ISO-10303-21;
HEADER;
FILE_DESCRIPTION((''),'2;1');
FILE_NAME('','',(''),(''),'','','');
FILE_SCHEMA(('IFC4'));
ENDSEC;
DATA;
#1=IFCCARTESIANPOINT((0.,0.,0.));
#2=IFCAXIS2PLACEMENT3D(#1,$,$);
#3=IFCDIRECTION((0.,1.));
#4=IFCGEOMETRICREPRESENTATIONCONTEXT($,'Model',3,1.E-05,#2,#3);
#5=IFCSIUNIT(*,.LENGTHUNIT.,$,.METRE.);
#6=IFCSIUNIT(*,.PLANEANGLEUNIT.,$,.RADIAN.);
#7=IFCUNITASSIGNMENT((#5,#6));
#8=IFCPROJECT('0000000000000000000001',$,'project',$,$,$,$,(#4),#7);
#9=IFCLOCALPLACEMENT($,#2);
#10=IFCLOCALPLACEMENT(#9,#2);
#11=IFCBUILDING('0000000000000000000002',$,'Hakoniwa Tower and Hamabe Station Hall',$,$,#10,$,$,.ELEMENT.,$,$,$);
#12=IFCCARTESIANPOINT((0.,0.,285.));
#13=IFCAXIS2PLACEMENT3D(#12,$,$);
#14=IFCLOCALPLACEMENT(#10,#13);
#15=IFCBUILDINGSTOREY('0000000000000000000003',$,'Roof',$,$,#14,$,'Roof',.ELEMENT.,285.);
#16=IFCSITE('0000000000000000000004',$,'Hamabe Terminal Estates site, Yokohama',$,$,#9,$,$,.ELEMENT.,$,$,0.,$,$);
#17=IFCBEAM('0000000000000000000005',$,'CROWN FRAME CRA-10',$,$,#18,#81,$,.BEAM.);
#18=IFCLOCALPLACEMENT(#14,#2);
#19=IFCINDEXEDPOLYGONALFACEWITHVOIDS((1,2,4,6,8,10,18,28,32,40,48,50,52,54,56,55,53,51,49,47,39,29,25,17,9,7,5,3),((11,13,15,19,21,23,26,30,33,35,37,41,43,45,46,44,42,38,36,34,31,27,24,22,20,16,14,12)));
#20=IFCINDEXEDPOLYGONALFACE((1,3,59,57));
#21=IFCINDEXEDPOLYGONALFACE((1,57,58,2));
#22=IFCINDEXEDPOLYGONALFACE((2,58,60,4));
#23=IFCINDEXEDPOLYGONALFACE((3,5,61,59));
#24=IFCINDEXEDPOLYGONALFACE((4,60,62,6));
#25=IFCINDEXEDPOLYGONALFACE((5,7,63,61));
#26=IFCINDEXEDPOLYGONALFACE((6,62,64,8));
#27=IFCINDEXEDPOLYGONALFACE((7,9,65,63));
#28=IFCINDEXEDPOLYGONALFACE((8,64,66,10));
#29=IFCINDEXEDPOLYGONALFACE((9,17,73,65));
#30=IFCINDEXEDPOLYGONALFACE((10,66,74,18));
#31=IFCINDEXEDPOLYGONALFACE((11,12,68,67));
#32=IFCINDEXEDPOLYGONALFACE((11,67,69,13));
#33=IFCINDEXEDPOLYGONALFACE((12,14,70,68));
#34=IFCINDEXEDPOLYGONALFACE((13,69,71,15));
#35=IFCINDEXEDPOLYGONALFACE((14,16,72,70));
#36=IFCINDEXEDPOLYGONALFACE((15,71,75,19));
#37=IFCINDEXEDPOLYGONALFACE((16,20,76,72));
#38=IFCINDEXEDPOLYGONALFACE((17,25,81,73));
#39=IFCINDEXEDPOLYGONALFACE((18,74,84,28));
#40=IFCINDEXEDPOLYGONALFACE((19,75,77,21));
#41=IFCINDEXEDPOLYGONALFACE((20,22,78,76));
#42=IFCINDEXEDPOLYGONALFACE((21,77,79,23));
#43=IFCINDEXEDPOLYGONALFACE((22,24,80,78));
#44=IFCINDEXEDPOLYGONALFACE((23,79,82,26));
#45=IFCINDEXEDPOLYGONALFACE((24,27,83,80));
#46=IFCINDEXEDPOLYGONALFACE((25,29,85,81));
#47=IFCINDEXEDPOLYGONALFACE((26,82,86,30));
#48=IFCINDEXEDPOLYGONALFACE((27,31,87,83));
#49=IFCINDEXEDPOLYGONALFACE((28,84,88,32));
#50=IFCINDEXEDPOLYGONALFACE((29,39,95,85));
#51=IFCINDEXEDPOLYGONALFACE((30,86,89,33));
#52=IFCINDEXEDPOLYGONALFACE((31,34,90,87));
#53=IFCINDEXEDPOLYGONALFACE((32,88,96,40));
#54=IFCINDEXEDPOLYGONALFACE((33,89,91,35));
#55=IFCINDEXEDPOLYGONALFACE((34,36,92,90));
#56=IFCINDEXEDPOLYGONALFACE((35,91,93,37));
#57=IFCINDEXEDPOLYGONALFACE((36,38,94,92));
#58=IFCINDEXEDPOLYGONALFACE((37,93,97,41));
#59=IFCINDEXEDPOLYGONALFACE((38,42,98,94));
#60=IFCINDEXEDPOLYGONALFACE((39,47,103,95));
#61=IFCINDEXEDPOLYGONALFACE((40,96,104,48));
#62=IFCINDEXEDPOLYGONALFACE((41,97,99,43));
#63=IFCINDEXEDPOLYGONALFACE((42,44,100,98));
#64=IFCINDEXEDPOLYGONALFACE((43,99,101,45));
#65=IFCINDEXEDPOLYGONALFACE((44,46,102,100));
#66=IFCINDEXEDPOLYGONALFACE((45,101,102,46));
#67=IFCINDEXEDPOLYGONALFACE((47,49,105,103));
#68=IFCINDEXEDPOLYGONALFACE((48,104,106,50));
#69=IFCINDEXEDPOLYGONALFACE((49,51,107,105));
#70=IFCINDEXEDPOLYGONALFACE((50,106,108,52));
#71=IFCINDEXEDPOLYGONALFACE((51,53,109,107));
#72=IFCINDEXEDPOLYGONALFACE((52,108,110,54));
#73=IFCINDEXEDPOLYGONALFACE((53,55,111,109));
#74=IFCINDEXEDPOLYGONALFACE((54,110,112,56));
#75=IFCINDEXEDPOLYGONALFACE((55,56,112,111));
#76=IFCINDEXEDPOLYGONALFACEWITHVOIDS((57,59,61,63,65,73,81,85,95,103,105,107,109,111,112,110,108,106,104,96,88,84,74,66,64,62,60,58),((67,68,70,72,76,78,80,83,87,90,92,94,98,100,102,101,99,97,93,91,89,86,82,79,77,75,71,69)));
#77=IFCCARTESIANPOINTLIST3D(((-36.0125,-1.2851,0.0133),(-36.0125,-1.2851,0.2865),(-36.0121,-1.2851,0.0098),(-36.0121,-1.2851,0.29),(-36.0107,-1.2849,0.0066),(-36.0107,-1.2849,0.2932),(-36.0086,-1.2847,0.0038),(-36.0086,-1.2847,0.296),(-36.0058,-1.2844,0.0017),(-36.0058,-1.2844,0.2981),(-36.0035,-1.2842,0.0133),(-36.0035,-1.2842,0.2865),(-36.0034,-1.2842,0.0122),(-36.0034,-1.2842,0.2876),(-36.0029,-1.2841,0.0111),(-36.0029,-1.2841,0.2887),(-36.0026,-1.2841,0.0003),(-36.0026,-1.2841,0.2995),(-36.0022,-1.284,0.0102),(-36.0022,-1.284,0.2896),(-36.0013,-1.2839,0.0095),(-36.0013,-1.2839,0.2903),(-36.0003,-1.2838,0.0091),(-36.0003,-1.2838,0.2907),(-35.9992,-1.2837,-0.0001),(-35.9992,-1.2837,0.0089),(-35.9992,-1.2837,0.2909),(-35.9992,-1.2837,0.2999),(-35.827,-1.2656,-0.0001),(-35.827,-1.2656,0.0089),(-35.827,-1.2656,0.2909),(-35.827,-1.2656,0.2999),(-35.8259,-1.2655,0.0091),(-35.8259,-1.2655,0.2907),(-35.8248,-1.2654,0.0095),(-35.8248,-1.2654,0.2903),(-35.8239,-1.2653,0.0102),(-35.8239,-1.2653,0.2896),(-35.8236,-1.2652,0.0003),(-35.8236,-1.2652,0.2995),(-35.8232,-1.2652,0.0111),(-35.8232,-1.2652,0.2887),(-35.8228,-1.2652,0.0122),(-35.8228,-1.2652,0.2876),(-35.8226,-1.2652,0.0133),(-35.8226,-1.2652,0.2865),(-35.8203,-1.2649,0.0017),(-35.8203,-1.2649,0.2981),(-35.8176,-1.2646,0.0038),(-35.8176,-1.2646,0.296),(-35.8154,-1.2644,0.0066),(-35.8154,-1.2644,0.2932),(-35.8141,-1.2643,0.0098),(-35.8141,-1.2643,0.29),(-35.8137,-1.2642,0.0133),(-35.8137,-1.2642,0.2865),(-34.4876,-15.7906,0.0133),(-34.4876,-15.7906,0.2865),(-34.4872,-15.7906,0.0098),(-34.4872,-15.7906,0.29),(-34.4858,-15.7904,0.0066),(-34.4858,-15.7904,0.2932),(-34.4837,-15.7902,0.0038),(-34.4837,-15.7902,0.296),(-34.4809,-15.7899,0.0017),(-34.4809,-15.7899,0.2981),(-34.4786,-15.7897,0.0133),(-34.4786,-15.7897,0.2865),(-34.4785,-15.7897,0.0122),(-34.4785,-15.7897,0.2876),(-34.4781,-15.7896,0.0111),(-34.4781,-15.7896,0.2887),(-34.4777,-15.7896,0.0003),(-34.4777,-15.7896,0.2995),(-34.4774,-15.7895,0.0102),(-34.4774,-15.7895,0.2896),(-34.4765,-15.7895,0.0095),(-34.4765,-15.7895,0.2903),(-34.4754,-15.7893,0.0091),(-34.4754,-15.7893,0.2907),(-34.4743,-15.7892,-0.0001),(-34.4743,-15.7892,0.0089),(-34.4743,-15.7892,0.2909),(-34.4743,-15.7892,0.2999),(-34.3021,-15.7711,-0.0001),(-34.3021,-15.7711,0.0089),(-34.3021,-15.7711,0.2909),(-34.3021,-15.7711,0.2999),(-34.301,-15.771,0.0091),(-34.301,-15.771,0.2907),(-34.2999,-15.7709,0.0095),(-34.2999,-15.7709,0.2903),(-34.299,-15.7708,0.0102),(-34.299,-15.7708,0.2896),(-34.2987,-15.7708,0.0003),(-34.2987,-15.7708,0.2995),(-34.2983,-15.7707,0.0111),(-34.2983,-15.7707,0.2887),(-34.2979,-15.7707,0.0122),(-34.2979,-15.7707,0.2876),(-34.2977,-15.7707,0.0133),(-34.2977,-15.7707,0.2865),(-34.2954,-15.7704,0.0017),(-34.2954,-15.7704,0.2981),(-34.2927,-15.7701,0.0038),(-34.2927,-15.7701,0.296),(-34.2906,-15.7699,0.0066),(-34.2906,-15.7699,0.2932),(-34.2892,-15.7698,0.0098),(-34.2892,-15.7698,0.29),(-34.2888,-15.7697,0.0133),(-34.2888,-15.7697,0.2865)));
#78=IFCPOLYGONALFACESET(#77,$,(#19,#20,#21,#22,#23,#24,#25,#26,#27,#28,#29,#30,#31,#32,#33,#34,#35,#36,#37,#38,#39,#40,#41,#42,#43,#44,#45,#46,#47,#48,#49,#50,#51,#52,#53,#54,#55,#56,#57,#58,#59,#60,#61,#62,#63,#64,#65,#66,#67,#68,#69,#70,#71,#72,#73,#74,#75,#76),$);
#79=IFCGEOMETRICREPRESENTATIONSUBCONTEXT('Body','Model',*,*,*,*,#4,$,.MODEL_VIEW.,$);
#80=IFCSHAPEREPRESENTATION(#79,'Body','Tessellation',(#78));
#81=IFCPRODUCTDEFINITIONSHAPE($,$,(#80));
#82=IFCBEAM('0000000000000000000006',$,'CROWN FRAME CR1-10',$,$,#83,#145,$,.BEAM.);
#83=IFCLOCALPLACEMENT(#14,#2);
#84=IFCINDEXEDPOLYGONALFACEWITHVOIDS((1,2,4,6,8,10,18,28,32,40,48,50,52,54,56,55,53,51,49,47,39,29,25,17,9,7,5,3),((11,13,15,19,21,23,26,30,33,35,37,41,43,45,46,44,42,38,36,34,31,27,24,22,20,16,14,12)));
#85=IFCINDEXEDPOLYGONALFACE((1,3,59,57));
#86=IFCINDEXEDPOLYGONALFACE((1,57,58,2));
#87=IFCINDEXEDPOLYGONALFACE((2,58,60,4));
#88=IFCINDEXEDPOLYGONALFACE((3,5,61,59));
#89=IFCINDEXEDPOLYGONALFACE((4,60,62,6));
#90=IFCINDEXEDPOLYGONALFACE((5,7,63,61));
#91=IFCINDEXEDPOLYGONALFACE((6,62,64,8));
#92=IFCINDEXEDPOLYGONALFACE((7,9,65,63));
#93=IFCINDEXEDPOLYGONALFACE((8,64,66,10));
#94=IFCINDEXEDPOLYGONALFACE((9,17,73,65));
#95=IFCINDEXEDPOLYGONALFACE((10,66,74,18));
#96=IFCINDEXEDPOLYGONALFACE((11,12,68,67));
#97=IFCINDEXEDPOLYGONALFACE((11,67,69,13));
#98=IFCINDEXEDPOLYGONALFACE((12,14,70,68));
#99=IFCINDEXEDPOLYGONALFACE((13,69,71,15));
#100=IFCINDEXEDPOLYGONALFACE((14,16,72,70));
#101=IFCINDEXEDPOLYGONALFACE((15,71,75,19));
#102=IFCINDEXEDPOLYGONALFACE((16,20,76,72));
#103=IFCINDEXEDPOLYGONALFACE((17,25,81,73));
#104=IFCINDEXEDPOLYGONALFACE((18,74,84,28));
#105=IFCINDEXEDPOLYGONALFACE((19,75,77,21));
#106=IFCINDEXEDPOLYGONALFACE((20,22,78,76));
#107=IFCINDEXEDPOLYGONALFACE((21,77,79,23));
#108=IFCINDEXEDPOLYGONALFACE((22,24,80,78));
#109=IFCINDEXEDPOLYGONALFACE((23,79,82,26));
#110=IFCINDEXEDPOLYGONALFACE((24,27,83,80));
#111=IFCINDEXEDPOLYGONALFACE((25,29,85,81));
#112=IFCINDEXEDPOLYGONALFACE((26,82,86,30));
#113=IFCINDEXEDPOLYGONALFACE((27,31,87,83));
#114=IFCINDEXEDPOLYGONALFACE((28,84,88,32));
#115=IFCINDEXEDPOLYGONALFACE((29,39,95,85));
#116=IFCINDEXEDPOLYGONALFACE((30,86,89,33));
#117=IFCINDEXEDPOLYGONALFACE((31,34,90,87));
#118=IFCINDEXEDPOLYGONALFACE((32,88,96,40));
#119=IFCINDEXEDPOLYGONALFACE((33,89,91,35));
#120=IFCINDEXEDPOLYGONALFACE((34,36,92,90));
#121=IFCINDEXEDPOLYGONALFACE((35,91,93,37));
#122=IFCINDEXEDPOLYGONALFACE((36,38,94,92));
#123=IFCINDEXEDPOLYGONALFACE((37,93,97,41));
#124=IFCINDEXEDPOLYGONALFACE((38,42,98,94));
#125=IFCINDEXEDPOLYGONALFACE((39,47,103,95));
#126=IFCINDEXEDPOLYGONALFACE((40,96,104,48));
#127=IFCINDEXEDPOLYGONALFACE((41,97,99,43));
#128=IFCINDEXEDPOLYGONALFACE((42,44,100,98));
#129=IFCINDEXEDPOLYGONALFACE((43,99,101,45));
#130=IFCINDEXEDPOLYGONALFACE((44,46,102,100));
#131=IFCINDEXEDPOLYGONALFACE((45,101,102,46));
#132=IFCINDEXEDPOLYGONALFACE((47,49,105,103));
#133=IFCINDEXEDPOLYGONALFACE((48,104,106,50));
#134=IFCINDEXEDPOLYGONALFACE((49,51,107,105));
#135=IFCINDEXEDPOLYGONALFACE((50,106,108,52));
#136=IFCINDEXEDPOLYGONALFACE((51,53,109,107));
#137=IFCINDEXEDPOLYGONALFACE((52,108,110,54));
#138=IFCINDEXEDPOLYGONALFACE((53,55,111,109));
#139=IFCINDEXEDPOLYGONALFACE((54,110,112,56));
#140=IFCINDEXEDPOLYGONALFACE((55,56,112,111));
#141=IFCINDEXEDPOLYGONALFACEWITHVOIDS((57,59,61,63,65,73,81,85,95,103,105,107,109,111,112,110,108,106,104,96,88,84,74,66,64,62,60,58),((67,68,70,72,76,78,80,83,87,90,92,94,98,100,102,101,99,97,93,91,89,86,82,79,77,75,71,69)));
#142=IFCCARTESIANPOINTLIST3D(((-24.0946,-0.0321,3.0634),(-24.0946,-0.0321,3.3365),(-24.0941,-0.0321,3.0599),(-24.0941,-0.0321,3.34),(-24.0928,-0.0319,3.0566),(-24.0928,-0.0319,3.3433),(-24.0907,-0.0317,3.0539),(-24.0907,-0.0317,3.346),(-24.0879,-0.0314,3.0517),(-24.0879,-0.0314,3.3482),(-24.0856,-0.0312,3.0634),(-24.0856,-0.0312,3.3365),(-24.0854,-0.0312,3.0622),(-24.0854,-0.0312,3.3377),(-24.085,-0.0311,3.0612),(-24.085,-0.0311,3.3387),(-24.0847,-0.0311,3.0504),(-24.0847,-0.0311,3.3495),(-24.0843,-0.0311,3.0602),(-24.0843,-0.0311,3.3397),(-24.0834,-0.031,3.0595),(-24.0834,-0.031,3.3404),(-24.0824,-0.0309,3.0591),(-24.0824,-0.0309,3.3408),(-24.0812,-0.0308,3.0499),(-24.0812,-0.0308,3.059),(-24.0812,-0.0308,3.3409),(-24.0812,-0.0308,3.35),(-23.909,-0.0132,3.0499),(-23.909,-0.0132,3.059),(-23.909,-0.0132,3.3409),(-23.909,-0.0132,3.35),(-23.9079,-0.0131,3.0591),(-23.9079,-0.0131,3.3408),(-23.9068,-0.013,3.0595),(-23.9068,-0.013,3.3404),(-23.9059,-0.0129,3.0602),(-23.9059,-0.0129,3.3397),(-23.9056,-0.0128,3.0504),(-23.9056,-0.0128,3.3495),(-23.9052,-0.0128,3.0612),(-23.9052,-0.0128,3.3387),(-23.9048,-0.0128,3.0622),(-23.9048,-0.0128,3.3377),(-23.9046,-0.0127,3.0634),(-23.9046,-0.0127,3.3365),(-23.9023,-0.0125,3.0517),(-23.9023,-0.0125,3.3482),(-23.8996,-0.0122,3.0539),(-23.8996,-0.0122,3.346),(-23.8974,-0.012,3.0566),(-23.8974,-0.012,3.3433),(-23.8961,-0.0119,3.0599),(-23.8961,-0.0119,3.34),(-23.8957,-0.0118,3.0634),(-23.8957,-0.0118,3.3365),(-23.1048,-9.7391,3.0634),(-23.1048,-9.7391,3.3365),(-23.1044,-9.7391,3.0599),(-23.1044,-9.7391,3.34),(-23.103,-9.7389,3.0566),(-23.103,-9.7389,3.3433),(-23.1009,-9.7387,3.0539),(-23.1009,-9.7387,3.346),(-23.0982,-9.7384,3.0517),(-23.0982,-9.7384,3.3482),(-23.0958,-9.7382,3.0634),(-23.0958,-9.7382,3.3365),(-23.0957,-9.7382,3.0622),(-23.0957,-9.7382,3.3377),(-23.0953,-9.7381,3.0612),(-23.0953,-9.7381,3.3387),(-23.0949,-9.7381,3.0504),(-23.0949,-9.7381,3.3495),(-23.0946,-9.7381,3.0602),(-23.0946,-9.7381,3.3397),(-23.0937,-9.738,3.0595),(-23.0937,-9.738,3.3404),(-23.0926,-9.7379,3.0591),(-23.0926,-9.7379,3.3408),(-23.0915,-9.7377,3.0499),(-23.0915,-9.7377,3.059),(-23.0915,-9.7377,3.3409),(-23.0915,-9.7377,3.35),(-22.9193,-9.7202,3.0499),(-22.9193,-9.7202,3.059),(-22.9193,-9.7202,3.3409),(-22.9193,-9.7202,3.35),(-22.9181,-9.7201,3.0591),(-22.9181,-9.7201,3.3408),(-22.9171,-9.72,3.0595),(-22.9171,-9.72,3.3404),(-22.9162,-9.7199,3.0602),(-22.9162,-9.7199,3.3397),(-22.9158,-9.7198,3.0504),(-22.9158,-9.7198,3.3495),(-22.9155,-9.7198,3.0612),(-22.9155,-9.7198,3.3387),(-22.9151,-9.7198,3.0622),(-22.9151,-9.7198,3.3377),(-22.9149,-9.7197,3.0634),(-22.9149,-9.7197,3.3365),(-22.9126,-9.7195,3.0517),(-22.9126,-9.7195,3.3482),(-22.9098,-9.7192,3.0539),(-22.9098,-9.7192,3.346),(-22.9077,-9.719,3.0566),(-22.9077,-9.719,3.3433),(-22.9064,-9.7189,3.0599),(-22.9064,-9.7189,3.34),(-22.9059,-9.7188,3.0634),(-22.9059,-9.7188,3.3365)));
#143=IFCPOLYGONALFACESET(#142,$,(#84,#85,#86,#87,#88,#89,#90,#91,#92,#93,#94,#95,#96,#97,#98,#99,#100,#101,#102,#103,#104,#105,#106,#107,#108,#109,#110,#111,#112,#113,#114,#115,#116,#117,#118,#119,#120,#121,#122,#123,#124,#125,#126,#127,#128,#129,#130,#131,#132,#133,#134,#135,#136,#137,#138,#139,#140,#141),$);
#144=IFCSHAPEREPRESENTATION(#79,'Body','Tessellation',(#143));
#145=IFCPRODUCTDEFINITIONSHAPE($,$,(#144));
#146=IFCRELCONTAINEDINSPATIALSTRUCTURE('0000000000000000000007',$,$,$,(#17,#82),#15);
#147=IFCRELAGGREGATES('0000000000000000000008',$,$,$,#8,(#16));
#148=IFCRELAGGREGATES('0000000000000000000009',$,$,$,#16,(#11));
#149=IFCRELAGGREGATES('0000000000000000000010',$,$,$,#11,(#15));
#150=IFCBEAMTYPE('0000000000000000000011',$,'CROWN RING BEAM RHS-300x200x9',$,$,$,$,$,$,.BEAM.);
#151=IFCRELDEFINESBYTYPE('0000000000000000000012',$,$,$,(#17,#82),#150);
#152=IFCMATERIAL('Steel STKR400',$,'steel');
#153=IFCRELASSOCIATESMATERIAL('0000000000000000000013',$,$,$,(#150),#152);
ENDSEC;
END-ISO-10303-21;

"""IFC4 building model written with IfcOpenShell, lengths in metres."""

from ifc_helpers import new_model, si_unit, direction, frame, origin, origin_2d, place, context, subcontext, project, spatial, hollow_rectangle, extrude, material, material_profile, profile_set, type_object, element, save


model = new_model("IFC4")

# Units and contexts
model_context = context("Model", 3, precision=1e-05, world=origin(), true_north=direction((0.0, 1.0)))
body_context = subcontext(model_context, "Body", "Model", "MODEL_VIEW")
ifc_project = project(units=[si_unit("LENGTHUNIT", "METRE"), si_unit("PLANEANGLEUNIT", "RADIAN")], contexts=[model_context])

# Site, building, storey
site_placement = place(None, origin())
site = spatial("IfcSite", under=ifc_project, at=site_placement, Name="Hamabe Terminal Estates site, Yokohama", CompositionType="ELEMENT", RefElevation=0.0)
building_placement = place(site_placement, origin())
building = spatial("IfcBuilding", under=site, at=building_placement, Name="Hakoniwa Tower and Hamabe Station Hall", CompositionType="ELEMENT")
storey_placement = place(building_placement, frame((0.0, 0.0, 285.0)))
storey = spatial("IfcBuildingStorey", under=building, at=storey_placement, Name="Roof", LongName="Roof", CompositionType="ELEMENT", Elevation=285.0)

# Beams
ifc_material_1 = material(Name="Steel STKR400", Category="steel")
ifc_material_profile_1 = material_profile(ifc_material_1, hollow_rectangle(XDim=0.2, YDim=0.3, WallThickness=0.009, InnerFilletRadius=0.0044, OuterFilletRadius=0.0134, at=origin_2d()), Name="RHS-300x200x9")
ifc_profile_set_1 = profile_set([ifc_material_profile_1], Name="Steel STKR400")
beam_type = type_object("IfcBeamType", Name="CROWN RING BEAM RHS-300x200x9", PredefinedType="BEAM", material=ifc_profile_set_1)
beam_1_placement = place(storey_placement, frame((-35.9131, -1.2747, 0.1499), z_axis=(0.104549, -0.99452, 0.0), x_axis=(0.99452, 0.104549, 0.0)))
element("IfcBeam", 1, at=beam_1_placement, inside=storey, type_object=beam_type, Name="CROWN FRAME CRA-10", PredefinedType="BEAM", context=body_context, shape_type="SweptSolid", body=[
    extrude(hollow_rectangle(XDim=0.2, YDim=0.3, WallThickness=0.009, InnerFilletRadius=0.0044, OuterFilletRadius=0.0134, at=origin_2d()), origin(), (0.0, 0.0, 1.0), 14.5854),
])
beam_2_placement = place(storey_placement, frame((-23.9951, -0.022, 3.2), z_axis=(0.101436, -0.994842, 0.0), x_axis=(0.994842, 0.101436, 0.0)))
element("IfcBeam", 2, at=beam_2_placement, inside=storey, type_object=beam_type, Name="CROWN FRAME CR1-10", PredefinedType="BEAM", context=body_context, shape_type="SweptSolid", body=[
    extrude(hollow_rectangle(XDim=0.2, YDim=0.3, WallThickness=0.009, InnerFilletRadius=0.0044, OuterFilletRadius=0.0134, at=origin_2d()), origin(), (0.0, 0.0, 1.0), 9.7573),
])

save(model, "model.ifc")
